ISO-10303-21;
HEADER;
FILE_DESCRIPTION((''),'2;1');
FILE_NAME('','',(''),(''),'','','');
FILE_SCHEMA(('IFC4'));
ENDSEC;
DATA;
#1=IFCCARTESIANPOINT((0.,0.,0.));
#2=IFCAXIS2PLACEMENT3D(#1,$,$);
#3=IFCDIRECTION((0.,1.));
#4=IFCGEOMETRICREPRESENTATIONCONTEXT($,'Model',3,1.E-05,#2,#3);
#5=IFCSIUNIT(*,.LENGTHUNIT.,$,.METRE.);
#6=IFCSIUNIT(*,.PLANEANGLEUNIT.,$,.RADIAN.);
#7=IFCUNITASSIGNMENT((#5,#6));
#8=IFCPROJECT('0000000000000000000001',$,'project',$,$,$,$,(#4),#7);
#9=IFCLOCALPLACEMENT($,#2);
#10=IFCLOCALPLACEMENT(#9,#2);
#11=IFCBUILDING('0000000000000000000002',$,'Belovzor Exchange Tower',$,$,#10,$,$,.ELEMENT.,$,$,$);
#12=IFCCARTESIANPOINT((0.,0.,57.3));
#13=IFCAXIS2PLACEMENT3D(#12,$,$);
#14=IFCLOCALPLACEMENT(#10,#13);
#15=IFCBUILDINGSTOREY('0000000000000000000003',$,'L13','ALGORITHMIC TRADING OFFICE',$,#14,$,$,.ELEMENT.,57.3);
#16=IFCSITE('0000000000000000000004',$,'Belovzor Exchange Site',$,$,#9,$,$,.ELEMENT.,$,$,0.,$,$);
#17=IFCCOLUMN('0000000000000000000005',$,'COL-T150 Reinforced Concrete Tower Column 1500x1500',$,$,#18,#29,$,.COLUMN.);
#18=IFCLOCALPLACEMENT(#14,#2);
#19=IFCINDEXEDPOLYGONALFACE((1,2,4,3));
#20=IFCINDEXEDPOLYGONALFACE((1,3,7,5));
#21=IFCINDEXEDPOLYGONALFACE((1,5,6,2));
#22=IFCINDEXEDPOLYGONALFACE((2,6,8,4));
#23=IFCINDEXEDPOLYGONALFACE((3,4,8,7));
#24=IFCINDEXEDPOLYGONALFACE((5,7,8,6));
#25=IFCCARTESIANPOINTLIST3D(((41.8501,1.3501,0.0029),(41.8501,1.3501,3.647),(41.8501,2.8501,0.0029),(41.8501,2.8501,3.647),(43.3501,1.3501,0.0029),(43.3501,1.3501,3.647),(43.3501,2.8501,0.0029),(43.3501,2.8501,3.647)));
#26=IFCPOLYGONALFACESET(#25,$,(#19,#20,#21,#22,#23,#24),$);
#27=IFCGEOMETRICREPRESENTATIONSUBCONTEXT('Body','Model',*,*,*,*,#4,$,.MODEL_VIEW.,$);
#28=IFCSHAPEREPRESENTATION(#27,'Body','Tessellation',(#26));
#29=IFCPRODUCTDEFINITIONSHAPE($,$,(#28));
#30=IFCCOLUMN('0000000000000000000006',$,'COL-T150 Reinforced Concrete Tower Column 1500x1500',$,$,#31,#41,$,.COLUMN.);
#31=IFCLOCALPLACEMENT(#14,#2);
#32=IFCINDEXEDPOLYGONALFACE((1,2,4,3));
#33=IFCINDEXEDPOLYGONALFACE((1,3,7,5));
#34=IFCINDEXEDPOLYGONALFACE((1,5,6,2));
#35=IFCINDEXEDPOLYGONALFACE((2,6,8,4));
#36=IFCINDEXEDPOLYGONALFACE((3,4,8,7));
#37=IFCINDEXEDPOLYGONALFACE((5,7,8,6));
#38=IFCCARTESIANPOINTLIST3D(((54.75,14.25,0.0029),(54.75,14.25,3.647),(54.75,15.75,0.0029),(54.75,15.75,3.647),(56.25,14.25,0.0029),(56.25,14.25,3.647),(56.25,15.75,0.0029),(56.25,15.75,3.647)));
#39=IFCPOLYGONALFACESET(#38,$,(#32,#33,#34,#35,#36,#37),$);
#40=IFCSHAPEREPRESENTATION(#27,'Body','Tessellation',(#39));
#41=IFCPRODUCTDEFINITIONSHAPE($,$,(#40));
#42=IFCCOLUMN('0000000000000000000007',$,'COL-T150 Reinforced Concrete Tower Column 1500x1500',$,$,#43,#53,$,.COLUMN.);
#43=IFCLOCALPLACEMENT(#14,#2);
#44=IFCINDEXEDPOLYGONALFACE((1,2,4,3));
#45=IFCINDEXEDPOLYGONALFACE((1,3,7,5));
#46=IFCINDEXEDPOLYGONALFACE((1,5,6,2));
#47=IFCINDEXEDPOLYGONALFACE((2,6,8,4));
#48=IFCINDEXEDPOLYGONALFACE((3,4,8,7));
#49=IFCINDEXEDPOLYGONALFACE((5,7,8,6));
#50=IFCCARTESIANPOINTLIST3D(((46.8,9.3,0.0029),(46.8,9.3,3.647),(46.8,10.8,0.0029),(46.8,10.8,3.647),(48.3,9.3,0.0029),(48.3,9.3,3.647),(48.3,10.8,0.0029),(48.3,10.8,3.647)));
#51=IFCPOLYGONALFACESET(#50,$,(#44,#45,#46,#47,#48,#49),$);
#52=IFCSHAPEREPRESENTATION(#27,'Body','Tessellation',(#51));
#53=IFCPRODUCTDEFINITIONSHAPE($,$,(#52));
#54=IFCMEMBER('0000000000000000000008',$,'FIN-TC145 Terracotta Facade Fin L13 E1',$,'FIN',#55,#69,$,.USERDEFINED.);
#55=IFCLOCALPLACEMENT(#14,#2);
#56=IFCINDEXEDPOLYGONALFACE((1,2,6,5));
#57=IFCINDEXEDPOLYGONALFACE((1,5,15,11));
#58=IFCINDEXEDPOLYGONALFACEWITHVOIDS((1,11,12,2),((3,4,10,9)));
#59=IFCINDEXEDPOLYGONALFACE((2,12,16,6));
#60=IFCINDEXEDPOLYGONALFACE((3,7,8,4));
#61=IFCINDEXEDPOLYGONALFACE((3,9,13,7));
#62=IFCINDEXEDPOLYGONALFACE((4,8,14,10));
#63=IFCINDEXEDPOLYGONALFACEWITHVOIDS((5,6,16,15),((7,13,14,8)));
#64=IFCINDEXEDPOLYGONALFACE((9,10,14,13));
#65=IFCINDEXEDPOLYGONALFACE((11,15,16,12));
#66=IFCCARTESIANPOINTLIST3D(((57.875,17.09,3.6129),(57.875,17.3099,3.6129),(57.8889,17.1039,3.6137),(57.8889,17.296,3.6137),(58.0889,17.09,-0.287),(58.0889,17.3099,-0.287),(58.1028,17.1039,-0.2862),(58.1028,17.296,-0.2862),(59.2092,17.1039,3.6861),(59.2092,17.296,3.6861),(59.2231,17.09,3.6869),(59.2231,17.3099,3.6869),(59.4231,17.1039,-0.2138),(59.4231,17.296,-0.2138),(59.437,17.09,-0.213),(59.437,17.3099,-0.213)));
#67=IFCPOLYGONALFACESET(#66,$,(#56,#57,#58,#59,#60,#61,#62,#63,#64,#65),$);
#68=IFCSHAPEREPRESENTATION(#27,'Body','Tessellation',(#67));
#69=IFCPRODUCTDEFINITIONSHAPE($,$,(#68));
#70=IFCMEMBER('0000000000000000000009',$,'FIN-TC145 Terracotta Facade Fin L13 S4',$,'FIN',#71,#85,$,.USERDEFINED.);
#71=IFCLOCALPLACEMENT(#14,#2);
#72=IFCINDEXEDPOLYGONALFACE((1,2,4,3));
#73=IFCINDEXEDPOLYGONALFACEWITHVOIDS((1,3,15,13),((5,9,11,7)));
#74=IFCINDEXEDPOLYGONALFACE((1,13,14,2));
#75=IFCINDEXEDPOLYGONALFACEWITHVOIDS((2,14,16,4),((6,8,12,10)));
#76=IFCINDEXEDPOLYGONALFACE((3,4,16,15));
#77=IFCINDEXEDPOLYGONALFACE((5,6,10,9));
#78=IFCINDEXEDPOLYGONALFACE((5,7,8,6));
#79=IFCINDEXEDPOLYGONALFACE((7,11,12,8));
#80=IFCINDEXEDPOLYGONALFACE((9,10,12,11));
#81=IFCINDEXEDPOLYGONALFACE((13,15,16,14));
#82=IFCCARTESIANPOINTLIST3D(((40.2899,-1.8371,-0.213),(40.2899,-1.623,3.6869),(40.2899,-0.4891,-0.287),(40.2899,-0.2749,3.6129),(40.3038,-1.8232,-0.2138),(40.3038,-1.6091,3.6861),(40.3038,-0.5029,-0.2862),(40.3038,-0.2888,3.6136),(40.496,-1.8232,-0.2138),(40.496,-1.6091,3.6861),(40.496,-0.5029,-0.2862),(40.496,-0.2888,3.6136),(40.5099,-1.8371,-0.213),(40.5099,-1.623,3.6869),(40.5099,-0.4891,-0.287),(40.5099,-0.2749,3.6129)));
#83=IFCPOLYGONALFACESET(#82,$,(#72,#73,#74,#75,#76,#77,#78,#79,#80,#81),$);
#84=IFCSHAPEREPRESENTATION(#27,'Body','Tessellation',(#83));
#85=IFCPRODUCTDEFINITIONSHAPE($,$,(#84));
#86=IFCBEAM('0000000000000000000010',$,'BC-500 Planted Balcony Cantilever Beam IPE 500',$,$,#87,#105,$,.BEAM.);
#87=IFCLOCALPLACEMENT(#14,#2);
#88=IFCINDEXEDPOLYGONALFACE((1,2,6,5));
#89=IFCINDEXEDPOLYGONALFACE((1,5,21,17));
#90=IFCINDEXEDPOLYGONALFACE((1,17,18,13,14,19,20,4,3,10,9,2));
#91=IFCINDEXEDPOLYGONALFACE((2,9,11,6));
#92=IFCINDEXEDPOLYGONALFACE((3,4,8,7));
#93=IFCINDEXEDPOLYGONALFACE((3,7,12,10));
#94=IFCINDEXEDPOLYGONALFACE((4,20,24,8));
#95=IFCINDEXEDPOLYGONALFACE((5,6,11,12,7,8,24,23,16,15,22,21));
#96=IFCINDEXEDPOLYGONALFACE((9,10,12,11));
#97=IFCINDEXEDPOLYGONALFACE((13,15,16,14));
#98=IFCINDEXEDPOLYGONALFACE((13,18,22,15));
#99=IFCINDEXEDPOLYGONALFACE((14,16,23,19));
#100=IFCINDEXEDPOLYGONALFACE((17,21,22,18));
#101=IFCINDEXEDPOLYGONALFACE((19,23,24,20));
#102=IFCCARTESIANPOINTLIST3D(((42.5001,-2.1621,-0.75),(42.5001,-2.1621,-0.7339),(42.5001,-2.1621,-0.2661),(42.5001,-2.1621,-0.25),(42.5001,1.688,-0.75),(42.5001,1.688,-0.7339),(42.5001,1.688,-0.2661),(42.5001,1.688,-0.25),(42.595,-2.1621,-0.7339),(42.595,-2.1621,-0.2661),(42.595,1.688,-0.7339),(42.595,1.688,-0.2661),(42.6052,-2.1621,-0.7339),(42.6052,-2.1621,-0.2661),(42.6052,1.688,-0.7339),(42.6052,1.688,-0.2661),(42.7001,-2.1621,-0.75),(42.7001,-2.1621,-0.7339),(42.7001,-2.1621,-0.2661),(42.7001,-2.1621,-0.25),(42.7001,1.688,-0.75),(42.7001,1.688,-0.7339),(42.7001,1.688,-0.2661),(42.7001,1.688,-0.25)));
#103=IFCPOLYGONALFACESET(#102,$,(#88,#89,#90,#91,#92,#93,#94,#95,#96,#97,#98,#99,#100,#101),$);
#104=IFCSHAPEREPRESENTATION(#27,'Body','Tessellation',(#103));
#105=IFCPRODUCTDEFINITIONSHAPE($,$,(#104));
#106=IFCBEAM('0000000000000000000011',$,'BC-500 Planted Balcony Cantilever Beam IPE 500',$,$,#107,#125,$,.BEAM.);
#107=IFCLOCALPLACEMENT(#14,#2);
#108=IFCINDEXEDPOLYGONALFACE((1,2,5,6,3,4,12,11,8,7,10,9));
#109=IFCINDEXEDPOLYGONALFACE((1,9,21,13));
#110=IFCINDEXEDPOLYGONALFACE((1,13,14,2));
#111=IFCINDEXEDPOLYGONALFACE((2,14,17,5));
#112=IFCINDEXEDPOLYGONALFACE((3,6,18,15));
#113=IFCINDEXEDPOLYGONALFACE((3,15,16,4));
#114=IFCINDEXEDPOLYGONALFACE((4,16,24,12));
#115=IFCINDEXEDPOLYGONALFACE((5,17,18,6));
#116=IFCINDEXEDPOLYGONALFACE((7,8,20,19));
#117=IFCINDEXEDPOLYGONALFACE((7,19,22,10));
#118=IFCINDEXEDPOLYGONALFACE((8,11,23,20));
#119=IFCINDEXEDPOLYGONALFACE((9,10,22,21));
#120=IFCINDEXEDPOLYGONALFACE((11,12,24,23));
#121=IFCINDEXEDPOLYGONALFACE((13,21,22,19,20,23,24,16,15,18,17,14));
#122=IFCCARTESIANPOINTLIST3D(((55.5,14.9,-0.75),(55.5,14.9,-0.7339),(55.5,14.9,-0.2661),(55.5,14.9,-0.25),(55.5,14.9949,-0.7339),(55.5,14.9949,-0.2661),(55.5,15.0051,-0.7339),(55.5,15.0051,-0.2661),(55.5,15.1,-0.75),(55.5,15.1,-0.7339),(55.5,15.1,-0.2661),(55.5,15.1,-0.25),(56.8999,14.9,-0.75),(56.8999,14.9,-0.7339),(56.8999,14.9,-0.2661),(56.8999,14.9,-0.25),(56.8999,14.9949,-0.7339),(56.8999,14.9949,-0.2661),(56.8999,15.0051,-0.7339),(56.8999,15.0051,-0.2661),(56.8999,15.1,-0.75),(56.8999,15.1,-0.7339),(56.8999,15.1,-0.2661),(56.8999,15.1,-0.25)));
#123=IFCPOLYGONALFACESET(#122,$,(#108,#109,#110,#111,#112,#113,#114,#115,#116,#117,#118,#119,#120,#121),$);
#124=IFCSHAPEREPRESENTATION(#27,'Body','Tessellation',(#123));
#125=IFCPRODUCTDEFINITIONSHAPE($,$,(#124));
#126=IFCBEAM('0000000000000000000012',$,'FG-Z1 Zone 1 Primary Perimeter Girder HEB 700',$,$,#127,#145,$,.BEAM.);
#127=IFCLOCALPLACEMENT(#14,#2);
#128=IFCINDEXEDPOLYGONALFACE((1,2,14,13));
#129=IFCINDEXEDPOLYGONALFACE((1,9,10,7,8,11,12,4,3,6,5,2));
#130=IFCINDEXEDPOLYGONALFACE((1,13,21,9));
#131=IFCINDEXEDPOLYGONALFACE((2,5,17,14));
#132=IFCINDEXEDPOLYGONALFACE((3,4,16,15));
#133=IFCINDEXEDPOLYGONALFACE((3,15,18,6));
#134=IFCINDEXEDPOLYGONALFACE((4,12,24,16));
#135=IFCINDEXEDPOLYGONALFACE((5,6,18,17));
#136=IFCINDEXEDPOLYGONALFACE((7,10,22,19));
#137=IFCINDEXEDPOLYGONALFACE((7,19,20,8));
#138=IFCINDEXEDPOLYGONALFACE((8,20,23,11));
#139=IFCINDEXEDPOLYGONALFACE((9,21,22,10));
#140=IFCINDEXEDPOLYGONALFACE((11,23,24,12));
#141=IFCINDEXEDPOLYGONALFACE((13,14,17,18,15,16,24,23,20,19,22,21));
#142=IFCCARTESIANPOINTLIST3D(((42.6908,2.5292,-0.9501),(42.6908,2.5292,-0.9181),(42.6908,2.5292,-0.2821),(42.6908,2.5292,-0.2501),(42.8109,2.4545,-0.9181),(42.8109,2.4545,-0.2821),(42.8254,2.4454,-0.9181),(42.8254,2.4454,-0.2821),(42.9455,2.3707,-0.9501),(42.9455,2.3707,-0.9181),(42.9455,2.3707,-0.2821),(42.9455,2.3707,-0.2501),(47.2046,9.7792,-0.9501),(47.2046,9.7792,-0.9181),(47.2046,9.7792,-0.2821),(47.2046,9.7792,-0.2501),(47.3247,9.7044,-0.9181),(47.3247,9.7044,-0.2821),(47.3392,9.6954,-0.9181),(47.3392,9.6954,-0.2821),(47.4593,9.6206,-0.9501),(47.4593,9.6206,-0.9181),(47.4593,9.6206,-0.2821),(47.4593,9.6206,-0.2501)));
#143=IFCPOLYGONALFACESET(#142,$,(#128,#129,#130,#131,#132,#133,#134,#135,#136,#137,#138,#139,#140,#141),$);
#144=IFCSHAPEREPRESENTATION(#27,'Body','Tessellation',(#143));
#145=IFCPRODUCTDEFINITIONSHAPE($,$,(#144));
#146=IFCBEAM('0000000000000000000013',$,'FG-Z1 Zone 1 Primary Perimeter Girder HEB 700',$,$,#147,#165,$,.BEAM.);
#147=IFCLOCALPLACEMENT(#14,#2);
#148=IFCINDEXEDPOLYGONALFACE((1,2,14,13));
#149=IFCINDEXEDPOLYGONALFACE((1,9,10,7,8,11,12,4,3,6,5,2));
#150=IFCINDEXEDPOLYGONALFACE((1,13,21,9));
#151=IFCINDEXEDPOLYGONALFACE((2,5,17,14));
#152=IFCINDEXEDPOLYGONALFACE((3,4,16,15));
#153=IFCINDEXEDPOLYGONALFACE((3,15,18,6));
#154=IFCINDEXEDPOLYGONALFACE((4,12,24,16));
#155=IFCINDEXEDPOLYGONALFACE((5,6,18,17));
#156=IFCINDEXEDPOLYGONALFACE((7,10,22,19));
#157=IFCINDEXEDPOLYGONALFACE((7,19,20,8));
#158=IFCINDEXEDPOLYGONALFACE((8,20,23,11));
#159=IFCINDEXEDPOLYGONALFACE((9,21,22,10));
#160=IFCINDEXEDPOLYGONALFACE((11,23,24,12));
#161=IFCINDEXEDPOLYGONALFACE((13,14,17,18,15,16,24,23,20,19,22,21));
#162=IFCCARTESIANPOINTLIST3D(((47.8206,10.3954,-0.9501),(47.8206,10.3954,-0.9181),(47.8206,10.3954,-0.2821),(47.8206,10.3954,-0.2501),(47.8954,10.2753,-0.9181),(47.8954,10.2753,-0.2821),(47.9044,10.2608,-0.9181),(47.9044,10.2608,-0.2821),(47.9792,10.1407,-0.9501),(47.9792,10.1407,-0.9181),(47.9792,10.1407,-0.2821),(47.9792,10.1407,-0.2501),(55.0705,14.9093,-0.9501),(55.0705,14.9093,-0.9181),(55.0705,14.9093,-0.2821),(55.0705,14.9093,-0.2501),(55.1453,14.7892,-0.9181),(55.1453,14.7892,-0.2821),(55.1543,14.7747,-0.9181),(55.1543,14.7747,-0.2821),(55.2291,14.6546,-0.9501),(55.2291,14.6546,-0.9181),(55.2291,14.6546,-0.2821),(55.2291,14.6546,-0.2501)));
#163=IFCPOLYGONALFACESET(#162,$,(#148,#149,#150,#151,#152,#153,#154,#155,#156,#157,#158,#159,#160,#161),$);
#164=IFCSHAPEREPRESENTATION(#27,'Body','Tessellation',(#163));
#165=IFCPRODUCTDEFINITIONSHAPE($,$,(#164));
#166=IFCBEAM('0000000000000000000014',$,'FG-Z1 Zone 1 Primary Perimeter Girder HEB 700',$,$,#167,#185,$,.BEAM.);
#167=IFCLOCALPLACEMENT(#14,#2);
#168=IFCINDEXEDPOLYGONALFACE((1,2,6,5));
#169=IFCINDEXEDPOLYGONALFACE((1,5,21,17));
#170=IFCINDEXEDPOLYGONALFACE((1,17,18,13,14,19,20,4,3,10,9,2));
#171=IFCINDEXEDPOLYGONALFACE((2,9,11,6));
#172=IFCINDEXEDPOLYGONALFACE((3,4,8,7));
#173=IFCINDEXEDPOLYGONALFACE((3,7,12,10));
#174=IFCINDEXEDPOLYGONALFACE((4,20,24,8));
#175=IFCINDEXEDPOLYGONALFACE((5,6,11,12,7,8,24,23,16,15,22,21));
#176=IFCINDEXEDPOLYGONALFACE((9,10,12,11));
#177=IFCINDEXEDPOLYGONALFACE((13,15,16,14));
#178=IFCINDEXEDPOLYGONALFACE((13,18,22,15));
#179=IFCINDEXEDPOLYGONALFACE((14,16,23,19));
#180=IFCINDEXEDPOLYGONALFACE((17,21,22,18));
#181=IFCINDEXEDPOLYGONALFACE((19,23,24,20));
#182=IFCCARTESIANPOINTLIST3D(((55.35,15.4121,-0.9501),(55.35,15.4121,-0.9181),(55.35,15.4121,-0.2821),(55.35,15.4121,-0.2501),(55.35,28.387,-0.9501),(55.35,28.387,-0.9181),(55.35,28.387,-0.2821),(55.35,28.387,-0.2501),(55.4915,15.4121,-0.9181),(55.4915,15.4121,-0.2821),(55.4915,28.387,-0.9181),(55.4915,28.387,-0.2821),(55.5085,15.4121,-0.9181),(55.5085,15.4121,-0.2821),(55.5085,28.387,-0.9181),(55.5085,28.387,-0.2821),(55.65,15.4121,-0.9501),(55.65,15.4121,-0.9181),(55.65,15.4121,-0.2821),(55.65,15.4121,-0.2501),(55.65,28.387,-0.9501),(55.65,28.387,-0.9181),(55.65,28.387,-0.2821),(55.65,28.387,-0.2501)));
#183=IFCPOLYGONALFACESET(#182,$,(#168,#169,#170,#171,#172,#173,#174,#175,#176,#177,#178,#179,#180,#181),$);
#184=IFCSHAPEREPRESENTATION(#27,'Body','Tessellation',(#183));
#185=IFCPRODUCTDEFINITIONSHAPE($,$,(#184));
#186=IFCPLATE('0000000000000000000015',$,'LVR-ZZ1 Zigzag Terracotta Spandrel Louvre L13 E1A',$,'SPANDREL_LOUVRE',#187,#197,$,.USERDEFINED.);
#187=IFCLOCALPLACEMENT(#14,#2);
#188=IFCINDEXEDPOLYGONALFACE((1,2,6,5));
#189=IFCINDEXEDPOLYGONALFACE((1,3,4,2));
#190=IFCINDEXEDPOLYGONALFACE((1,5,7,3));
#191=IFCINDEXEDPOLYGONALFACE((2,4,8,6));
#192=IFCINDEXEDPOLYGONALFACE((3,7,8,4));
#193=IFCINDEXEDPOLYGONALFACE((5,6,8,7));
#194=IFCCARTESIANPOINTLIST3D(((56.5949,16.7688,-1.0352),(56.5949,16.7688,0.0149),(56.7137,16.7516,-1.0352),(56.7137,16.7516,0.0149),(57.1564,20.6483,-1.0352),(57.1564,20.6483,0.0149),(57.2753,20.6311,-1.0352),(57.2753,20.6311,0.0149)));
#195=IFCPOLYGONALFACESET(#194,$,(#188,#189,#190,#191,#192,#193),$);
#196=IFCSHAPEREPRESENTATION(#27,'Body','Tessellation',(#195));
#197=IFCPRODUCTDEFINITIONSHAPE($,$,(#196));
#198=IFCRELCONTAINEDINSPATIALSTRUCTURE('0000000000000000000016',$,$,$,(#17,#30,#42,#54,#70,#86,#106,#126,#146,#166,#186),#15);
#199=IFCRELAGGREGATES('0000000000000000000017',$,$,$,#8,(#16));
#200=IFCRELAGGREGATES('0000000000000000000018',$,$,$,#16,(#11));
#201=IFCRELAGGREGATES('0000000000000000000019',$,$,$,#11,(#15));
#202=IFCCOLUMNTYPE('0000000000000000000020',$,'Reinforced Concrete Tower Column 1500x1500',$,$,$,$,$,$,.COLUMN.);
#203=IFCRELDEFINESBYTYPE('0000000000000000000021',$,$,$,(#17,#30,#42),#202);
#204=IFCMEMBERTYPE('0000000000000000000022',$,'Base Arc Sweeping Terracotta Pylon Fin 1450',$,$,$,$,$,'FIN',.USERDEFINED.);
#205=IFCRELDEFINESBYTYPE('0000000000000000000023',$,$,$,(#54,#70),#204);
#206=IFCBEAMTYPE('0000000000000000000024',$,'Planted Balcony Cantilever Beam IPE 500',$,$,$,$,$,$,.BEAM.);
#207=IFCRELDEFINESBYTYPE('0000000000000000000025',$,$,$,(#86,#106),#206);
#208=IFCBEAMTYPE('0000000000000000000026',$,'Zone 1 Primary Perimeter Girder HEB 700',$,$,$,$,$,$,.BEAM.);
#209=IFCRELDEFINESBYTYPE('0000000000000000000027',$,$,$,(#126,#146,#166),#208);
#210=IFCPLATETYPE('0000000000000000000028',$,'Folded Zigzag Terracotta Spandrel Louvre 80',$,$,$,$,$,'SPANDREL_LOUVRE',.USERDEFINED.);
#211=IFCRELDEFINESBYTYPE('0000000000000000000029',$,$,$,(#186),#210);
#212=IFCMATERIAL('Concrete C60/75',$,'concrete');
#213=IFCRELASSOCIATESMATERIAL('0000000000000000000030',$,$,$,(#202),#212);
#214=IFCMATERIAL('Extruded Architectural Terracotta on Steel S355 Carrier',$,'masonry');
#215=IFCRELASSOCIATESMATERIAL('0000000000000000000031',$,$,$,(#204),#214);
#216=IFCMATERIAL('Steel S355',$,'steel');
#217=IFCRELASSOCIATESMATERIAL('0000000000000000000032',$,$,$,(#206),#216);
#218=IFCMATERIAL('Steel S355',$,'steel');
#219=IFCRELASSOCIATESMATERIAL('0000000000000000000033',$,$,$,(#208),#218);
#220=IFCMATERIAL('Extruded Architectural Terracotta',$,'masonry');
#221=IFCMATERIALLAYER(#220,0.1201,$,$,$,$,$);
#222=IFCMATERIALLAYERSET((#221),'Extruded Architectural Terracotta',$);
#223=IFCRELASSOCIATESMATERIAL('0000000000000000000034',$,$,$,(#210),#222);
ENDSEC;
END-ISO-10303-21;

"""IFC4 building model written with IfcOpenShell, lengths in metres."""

from ifc_helpers import new_model, si_unit, direction, frame, origin, origin_2d, place, context, subcontext, project, spatial, rectangle, hollow_rectangle, i_section, extrude, material, layer, layer_set, material_profile, profile_set, type_object, element, save


model = new_model("IFC4")

# Units and contexts
model_context = context("Model", 3, precision=1e-05, world=origin(), true_north=direction((0.0, 1.0)))
body_context = subcontext(model_context, "Body", "Model", "MODEL_VIEW")
ifc_project = project(units=[si_unit("LENGTHUNIT", "METRE"), si_unit("PLANEANGLEUNIT", "RADIAN")], contexts=[model_context])

# Site, building, storey
site_placement = place(None, origin())
site = spatial("IfcSite", under=ifc_project, at=site_placement, Name="Belovzor Exchange Site", CompositionType="ELEMENT", RefElevation=0.0)
building_placement = place(site_placement, origin())
building = spatial("IfcBuilding", under=site, at=building_placement, Name="Belovzor Exchange Tower", CompositionType="ELEMENT")
storey_placement = place(building_placement, frame((0.0, 0.0, 57.3)))
storey = spatial("IfcBuildingStorey", under=building, at=storey_placement, Name="L13", Description="ALGORITHMIC TRADING OFFICE", CompositionType="ELEMENT", Elevation=57.3)

# Columns
ifc_material_1 = material(Name="Concrete C60/75", Category="concrete")
ifc_material_profile_1 = material_profile(ifc_material_1, rectangle(XDim=1.5, YDim=1.5, at=origin_2d()))
ifc_profile_set_1 = profile_set([ifc_material_profile_1], Name="Concrete C60/75")
column_type = type_object("IfcColumnType", Name="Reinforced Concrete Tower Column 1500x1500", PredefinedType="COLUMN", material=ifc_profile_set_1)
for number, where, z_axis, x_axis, name in (
    (1, (42.6001, 2.1001, 0.0029), (0.0, 0.0, 1.0), (1.0, 0.0, 0.0), "COL-T150 Reinforced Concrete Tower Column 1500x1500"),
    (2, (55.5, 15.0, 0.0029), (0.0, 0.0, 1.0), (1.0, 0.0, 0.0), "COL-T150 Reinforced Concrete Tower Column 1500x1500"),
    (3, (47.55, 10.05, 0.0029), (0.0, 0.0, 1.0), (1.0, 0.0, 0.0), "COL-T150 Reinforced Concrete Tower Column 1500x1500"),
):
    element("IfcColumn", number, at=place(storey_placement, frame(where, z_axis=z_axis, x_axis=x_axis)), inside=storey, type_object=column_type, Name=name, PredefinedType="COLUMN", context=body_context, shape_type="SweptSolid", body=[
        extrude(rectangle(XDim=1.5, YDim=1.5, at=origin_2d()), origin(), (0.0, 0.0, 1.0), 3.644),
    ])

# Members
ifc_material_2 = material(Name="Extruded Architectural Terracotta on Steel S355 Carrier", Category="masonry")
ifc_material_profile_2 = material_profile(ifc_material_2, hollow_rectangle(XDim=0.22, YDim=1.3501, WallThickness=0.0139, at=origin_2d()))
ifc_profile_set_2 = profile_set([ifc_material_profile_2], Name="Extruded Architectural Terracotta on Steel S355 Carrier")
member_type = type_object("IfcMemberType", Name="Base Arc Sweeping Terracotta Pylon Fin 1450", ElementType="FIN", PredefinedType="USERDEFINED", material=ifc_profile_set_2)
for number, where, z_axis, x_axis, name in (
    (4, (58.7629, 17.2, -0.25), (-0.054757, 0.0, 0.9985), (0.0, -1.0, 0.0), "FIN-TC145 Terracotta Facade Fin L13 E1"),
    (5, (40.3999, -1.1631, -0.25), (0.0, 0.054819, 0.998496), (-1.0, 0.0, 0.0), "FIN-TC145 Terracotta Facade Fin L13 S4"),
):
    element("IfcMember", number, at=place(storey_placement, frame(where, z_axis=z_axis, x_axis=x_axis)), inside=storey, type_object=member_type, Name=name, ObjectType="FIN", PredefinedType="USERDEFINED", context=body_context, shape_type="SweptSolid", body=[
        extrude(hollow_rectangle(XDim=0.22, YDim=1.3501, WallThickness=0.0139, at=origin_2d()), origin(), (0.0, 0.0, 1.0), 3.9058),
    ])

# Beams
ifc_material_3 = material(Name="Steel S355", Category="steel")
ifc_material_profile_3 = material_profile(ifc_material_3, i_section(OverallWidth=0.2, OverallDepth=0.5, WebThickness=0.0103, FlangeThickness=0.0161, at=origin_2d()))
ifc_profile_set_3 = profile_set([ifc_material_profile_3], Name="Steel S355")
beam_type_1 = type_object("IfcBeamType", Name="Planted Balcony Cantilever Beam IPE 500", PredefinedType="BEAM", material=ifc_profile_set_3)
beam_1_placement = place(storey_placement, frame((42.6001, 1.688, -0.5), z_axis=(0.0, -1.0, 0.0), x_axis=(1.0, 0.0, 0.0)))
element("IfcBeam", 6, at=beam_1_placement, inside=storey, type_object=beam_type_1, Name="BC-500 Planted Balcony Cantilever Beam IPE 500", PredefinedType="BEAM", context=body_context, shape_type="SweptSolid", body=[
    extrude(i_section(OverallWidth=0.2, OverallDepth=0.5, WebThickness=0.0103, FlangeThickness=0.0161, at=origin_2d()), origin(), (0.0, 0.0, 1.0), 3.8501),
])
beam_2_placement = place(storey_placement, frame((55.5, 15.0, -0.5), z_axis=(1.0, 0.0, 0.0), x_axis=(0.0, 1.0, 0.0)))
element("IfcBeam", 7, at=beam_2_placement, inside=storey, type_object=beam_type_1, Name="BC-500 Planted Balcony Cantilever Beam IPE 500", PredefinedType="BEAM", context=body_context, shape_type="SweptSolid", body=[
    extrude(i_section(OverallWidth=0.2, OverallDepth=0.5, WebThickness=0.0103, FlangeThickness=0.0161, at=origin_2d()), origin(), (0.0, 0.0, 1.0), 1.3999),
])
ifc_material_4 = material(Name="Steel S355", Category="steel")
ifc_material_profile_4 = material_profile(ifc_material_4, i_section(OverallWidth=0.3, OverallDepth=0.7, WebThickness=0.0171, FlangeThickness=0.032, at=origin_2d()))
ifc_profile_set_4 = profile_set([ifc_material_profile_4], Name="Steel S355")
beam_type_2 = type_object("IfcBeamType", Name="Zone 1 Primary Perimeter Girder HEB 700", PredefinedType="BEAM", material=ifc_profile_set_4)
for number, where, z_axis, x_axis, name in (
    (8, (42.8181, 2.45, -0.6001), (0.528539, 0.848909, 0.0), (-0.848909, 0.528539, 0.0), "FG-Z1 Zone 1 Primary Perimeter Girder HEB 700"),
    (9, (47.8999, 10.2681, -0.6001), (0.848909, 0.528539, 0.0), (-0.528539, 0.848909, 0.0), "FG-Z1 Zone 1 Primary Perimeter Girder HEB 700"),
):
    element("IfcBeam", number, at=place(storey_placement, frame(where, z_axis=z_axis, x_axis=x_axis)), inside=storey, type_object=beam_type_2, Name=name, PredefinedType="BEAM", context=body_context, shape_type="SweptSolid", body=[
        extrude(i_section(OverallWidth=0.3, OverallDepth=0.7, WebThickness=0.0171, FlangeThickness=0.032, at=origin_2d()), origin(), (0.0, 0.0, 1.0), 8.5403),
    ])
beam_3_placement = place(storey_placement, frame((55.5, 15.4121, -0.6001), z_axis=(0.0, 1.0, 0.0), x_axis=(-1.0, 0.0, 0.0)))
element("IfcBeam", 10, at=beam_3_placement, inside=storey, type_object=beam_type_2, Name="FG-Z1 Zone 1 Primary Perimeter Girder HEB 700", PredefinedType="BEAM", context=body_context, shape_type="SweptSolid", body=[
    extrude(i_section(OverallWidth=0.3, OverallDepth=0.7, WebThickness=0.0171, FlangeThickness=0.032, at=origin_2d()), origin(), (0.0, 0.0, 1.0), 12.9749),
])

# Plate
ifc_material_5 = material(Name="Extruded Architectural Terracotta", Category="masonry")
ifc_layer_1 = layer(ifc_material_5, 0.1201)
ifc_layer_set_1 = layer_set([ifc_layer_1], Name="Extruded Architectural Terracotta")
plate_type = type_object("IfcPlateType", Name="Folded Zigzag Terracotta Spandrel Louvre 80", ElementType="SPANDREL_LOUVRE", PredefinedType="USERDEFINED", material=ifc_layer_set_1)
plate_placement = place(storey_placement, frame((56.9351, 18.7, -1.0352), z_axis=(0.0, 0.0, 1.0), x_axis=(0.143251, 0.989686, 0.0)))
element("IfcPlate", 11, at=plate_placement, inside=storey, type_object=plate_type, Name="LVR-ZZ1 Zigzag Terracotta Spandrel Louvre L13 E1A", ObjectType="SPANDREL_LOUVRE", PredefinedType="USERDEFINED", context=body_context, shape_type="SweptSolid", body=[
    extrude(rectangle(XDim=3.9199, YDim=0.1201, at=origin_2d()), origin(), (0.0, 0.0, 1.0), 1.05),
])

save(model, "model.ifc")
